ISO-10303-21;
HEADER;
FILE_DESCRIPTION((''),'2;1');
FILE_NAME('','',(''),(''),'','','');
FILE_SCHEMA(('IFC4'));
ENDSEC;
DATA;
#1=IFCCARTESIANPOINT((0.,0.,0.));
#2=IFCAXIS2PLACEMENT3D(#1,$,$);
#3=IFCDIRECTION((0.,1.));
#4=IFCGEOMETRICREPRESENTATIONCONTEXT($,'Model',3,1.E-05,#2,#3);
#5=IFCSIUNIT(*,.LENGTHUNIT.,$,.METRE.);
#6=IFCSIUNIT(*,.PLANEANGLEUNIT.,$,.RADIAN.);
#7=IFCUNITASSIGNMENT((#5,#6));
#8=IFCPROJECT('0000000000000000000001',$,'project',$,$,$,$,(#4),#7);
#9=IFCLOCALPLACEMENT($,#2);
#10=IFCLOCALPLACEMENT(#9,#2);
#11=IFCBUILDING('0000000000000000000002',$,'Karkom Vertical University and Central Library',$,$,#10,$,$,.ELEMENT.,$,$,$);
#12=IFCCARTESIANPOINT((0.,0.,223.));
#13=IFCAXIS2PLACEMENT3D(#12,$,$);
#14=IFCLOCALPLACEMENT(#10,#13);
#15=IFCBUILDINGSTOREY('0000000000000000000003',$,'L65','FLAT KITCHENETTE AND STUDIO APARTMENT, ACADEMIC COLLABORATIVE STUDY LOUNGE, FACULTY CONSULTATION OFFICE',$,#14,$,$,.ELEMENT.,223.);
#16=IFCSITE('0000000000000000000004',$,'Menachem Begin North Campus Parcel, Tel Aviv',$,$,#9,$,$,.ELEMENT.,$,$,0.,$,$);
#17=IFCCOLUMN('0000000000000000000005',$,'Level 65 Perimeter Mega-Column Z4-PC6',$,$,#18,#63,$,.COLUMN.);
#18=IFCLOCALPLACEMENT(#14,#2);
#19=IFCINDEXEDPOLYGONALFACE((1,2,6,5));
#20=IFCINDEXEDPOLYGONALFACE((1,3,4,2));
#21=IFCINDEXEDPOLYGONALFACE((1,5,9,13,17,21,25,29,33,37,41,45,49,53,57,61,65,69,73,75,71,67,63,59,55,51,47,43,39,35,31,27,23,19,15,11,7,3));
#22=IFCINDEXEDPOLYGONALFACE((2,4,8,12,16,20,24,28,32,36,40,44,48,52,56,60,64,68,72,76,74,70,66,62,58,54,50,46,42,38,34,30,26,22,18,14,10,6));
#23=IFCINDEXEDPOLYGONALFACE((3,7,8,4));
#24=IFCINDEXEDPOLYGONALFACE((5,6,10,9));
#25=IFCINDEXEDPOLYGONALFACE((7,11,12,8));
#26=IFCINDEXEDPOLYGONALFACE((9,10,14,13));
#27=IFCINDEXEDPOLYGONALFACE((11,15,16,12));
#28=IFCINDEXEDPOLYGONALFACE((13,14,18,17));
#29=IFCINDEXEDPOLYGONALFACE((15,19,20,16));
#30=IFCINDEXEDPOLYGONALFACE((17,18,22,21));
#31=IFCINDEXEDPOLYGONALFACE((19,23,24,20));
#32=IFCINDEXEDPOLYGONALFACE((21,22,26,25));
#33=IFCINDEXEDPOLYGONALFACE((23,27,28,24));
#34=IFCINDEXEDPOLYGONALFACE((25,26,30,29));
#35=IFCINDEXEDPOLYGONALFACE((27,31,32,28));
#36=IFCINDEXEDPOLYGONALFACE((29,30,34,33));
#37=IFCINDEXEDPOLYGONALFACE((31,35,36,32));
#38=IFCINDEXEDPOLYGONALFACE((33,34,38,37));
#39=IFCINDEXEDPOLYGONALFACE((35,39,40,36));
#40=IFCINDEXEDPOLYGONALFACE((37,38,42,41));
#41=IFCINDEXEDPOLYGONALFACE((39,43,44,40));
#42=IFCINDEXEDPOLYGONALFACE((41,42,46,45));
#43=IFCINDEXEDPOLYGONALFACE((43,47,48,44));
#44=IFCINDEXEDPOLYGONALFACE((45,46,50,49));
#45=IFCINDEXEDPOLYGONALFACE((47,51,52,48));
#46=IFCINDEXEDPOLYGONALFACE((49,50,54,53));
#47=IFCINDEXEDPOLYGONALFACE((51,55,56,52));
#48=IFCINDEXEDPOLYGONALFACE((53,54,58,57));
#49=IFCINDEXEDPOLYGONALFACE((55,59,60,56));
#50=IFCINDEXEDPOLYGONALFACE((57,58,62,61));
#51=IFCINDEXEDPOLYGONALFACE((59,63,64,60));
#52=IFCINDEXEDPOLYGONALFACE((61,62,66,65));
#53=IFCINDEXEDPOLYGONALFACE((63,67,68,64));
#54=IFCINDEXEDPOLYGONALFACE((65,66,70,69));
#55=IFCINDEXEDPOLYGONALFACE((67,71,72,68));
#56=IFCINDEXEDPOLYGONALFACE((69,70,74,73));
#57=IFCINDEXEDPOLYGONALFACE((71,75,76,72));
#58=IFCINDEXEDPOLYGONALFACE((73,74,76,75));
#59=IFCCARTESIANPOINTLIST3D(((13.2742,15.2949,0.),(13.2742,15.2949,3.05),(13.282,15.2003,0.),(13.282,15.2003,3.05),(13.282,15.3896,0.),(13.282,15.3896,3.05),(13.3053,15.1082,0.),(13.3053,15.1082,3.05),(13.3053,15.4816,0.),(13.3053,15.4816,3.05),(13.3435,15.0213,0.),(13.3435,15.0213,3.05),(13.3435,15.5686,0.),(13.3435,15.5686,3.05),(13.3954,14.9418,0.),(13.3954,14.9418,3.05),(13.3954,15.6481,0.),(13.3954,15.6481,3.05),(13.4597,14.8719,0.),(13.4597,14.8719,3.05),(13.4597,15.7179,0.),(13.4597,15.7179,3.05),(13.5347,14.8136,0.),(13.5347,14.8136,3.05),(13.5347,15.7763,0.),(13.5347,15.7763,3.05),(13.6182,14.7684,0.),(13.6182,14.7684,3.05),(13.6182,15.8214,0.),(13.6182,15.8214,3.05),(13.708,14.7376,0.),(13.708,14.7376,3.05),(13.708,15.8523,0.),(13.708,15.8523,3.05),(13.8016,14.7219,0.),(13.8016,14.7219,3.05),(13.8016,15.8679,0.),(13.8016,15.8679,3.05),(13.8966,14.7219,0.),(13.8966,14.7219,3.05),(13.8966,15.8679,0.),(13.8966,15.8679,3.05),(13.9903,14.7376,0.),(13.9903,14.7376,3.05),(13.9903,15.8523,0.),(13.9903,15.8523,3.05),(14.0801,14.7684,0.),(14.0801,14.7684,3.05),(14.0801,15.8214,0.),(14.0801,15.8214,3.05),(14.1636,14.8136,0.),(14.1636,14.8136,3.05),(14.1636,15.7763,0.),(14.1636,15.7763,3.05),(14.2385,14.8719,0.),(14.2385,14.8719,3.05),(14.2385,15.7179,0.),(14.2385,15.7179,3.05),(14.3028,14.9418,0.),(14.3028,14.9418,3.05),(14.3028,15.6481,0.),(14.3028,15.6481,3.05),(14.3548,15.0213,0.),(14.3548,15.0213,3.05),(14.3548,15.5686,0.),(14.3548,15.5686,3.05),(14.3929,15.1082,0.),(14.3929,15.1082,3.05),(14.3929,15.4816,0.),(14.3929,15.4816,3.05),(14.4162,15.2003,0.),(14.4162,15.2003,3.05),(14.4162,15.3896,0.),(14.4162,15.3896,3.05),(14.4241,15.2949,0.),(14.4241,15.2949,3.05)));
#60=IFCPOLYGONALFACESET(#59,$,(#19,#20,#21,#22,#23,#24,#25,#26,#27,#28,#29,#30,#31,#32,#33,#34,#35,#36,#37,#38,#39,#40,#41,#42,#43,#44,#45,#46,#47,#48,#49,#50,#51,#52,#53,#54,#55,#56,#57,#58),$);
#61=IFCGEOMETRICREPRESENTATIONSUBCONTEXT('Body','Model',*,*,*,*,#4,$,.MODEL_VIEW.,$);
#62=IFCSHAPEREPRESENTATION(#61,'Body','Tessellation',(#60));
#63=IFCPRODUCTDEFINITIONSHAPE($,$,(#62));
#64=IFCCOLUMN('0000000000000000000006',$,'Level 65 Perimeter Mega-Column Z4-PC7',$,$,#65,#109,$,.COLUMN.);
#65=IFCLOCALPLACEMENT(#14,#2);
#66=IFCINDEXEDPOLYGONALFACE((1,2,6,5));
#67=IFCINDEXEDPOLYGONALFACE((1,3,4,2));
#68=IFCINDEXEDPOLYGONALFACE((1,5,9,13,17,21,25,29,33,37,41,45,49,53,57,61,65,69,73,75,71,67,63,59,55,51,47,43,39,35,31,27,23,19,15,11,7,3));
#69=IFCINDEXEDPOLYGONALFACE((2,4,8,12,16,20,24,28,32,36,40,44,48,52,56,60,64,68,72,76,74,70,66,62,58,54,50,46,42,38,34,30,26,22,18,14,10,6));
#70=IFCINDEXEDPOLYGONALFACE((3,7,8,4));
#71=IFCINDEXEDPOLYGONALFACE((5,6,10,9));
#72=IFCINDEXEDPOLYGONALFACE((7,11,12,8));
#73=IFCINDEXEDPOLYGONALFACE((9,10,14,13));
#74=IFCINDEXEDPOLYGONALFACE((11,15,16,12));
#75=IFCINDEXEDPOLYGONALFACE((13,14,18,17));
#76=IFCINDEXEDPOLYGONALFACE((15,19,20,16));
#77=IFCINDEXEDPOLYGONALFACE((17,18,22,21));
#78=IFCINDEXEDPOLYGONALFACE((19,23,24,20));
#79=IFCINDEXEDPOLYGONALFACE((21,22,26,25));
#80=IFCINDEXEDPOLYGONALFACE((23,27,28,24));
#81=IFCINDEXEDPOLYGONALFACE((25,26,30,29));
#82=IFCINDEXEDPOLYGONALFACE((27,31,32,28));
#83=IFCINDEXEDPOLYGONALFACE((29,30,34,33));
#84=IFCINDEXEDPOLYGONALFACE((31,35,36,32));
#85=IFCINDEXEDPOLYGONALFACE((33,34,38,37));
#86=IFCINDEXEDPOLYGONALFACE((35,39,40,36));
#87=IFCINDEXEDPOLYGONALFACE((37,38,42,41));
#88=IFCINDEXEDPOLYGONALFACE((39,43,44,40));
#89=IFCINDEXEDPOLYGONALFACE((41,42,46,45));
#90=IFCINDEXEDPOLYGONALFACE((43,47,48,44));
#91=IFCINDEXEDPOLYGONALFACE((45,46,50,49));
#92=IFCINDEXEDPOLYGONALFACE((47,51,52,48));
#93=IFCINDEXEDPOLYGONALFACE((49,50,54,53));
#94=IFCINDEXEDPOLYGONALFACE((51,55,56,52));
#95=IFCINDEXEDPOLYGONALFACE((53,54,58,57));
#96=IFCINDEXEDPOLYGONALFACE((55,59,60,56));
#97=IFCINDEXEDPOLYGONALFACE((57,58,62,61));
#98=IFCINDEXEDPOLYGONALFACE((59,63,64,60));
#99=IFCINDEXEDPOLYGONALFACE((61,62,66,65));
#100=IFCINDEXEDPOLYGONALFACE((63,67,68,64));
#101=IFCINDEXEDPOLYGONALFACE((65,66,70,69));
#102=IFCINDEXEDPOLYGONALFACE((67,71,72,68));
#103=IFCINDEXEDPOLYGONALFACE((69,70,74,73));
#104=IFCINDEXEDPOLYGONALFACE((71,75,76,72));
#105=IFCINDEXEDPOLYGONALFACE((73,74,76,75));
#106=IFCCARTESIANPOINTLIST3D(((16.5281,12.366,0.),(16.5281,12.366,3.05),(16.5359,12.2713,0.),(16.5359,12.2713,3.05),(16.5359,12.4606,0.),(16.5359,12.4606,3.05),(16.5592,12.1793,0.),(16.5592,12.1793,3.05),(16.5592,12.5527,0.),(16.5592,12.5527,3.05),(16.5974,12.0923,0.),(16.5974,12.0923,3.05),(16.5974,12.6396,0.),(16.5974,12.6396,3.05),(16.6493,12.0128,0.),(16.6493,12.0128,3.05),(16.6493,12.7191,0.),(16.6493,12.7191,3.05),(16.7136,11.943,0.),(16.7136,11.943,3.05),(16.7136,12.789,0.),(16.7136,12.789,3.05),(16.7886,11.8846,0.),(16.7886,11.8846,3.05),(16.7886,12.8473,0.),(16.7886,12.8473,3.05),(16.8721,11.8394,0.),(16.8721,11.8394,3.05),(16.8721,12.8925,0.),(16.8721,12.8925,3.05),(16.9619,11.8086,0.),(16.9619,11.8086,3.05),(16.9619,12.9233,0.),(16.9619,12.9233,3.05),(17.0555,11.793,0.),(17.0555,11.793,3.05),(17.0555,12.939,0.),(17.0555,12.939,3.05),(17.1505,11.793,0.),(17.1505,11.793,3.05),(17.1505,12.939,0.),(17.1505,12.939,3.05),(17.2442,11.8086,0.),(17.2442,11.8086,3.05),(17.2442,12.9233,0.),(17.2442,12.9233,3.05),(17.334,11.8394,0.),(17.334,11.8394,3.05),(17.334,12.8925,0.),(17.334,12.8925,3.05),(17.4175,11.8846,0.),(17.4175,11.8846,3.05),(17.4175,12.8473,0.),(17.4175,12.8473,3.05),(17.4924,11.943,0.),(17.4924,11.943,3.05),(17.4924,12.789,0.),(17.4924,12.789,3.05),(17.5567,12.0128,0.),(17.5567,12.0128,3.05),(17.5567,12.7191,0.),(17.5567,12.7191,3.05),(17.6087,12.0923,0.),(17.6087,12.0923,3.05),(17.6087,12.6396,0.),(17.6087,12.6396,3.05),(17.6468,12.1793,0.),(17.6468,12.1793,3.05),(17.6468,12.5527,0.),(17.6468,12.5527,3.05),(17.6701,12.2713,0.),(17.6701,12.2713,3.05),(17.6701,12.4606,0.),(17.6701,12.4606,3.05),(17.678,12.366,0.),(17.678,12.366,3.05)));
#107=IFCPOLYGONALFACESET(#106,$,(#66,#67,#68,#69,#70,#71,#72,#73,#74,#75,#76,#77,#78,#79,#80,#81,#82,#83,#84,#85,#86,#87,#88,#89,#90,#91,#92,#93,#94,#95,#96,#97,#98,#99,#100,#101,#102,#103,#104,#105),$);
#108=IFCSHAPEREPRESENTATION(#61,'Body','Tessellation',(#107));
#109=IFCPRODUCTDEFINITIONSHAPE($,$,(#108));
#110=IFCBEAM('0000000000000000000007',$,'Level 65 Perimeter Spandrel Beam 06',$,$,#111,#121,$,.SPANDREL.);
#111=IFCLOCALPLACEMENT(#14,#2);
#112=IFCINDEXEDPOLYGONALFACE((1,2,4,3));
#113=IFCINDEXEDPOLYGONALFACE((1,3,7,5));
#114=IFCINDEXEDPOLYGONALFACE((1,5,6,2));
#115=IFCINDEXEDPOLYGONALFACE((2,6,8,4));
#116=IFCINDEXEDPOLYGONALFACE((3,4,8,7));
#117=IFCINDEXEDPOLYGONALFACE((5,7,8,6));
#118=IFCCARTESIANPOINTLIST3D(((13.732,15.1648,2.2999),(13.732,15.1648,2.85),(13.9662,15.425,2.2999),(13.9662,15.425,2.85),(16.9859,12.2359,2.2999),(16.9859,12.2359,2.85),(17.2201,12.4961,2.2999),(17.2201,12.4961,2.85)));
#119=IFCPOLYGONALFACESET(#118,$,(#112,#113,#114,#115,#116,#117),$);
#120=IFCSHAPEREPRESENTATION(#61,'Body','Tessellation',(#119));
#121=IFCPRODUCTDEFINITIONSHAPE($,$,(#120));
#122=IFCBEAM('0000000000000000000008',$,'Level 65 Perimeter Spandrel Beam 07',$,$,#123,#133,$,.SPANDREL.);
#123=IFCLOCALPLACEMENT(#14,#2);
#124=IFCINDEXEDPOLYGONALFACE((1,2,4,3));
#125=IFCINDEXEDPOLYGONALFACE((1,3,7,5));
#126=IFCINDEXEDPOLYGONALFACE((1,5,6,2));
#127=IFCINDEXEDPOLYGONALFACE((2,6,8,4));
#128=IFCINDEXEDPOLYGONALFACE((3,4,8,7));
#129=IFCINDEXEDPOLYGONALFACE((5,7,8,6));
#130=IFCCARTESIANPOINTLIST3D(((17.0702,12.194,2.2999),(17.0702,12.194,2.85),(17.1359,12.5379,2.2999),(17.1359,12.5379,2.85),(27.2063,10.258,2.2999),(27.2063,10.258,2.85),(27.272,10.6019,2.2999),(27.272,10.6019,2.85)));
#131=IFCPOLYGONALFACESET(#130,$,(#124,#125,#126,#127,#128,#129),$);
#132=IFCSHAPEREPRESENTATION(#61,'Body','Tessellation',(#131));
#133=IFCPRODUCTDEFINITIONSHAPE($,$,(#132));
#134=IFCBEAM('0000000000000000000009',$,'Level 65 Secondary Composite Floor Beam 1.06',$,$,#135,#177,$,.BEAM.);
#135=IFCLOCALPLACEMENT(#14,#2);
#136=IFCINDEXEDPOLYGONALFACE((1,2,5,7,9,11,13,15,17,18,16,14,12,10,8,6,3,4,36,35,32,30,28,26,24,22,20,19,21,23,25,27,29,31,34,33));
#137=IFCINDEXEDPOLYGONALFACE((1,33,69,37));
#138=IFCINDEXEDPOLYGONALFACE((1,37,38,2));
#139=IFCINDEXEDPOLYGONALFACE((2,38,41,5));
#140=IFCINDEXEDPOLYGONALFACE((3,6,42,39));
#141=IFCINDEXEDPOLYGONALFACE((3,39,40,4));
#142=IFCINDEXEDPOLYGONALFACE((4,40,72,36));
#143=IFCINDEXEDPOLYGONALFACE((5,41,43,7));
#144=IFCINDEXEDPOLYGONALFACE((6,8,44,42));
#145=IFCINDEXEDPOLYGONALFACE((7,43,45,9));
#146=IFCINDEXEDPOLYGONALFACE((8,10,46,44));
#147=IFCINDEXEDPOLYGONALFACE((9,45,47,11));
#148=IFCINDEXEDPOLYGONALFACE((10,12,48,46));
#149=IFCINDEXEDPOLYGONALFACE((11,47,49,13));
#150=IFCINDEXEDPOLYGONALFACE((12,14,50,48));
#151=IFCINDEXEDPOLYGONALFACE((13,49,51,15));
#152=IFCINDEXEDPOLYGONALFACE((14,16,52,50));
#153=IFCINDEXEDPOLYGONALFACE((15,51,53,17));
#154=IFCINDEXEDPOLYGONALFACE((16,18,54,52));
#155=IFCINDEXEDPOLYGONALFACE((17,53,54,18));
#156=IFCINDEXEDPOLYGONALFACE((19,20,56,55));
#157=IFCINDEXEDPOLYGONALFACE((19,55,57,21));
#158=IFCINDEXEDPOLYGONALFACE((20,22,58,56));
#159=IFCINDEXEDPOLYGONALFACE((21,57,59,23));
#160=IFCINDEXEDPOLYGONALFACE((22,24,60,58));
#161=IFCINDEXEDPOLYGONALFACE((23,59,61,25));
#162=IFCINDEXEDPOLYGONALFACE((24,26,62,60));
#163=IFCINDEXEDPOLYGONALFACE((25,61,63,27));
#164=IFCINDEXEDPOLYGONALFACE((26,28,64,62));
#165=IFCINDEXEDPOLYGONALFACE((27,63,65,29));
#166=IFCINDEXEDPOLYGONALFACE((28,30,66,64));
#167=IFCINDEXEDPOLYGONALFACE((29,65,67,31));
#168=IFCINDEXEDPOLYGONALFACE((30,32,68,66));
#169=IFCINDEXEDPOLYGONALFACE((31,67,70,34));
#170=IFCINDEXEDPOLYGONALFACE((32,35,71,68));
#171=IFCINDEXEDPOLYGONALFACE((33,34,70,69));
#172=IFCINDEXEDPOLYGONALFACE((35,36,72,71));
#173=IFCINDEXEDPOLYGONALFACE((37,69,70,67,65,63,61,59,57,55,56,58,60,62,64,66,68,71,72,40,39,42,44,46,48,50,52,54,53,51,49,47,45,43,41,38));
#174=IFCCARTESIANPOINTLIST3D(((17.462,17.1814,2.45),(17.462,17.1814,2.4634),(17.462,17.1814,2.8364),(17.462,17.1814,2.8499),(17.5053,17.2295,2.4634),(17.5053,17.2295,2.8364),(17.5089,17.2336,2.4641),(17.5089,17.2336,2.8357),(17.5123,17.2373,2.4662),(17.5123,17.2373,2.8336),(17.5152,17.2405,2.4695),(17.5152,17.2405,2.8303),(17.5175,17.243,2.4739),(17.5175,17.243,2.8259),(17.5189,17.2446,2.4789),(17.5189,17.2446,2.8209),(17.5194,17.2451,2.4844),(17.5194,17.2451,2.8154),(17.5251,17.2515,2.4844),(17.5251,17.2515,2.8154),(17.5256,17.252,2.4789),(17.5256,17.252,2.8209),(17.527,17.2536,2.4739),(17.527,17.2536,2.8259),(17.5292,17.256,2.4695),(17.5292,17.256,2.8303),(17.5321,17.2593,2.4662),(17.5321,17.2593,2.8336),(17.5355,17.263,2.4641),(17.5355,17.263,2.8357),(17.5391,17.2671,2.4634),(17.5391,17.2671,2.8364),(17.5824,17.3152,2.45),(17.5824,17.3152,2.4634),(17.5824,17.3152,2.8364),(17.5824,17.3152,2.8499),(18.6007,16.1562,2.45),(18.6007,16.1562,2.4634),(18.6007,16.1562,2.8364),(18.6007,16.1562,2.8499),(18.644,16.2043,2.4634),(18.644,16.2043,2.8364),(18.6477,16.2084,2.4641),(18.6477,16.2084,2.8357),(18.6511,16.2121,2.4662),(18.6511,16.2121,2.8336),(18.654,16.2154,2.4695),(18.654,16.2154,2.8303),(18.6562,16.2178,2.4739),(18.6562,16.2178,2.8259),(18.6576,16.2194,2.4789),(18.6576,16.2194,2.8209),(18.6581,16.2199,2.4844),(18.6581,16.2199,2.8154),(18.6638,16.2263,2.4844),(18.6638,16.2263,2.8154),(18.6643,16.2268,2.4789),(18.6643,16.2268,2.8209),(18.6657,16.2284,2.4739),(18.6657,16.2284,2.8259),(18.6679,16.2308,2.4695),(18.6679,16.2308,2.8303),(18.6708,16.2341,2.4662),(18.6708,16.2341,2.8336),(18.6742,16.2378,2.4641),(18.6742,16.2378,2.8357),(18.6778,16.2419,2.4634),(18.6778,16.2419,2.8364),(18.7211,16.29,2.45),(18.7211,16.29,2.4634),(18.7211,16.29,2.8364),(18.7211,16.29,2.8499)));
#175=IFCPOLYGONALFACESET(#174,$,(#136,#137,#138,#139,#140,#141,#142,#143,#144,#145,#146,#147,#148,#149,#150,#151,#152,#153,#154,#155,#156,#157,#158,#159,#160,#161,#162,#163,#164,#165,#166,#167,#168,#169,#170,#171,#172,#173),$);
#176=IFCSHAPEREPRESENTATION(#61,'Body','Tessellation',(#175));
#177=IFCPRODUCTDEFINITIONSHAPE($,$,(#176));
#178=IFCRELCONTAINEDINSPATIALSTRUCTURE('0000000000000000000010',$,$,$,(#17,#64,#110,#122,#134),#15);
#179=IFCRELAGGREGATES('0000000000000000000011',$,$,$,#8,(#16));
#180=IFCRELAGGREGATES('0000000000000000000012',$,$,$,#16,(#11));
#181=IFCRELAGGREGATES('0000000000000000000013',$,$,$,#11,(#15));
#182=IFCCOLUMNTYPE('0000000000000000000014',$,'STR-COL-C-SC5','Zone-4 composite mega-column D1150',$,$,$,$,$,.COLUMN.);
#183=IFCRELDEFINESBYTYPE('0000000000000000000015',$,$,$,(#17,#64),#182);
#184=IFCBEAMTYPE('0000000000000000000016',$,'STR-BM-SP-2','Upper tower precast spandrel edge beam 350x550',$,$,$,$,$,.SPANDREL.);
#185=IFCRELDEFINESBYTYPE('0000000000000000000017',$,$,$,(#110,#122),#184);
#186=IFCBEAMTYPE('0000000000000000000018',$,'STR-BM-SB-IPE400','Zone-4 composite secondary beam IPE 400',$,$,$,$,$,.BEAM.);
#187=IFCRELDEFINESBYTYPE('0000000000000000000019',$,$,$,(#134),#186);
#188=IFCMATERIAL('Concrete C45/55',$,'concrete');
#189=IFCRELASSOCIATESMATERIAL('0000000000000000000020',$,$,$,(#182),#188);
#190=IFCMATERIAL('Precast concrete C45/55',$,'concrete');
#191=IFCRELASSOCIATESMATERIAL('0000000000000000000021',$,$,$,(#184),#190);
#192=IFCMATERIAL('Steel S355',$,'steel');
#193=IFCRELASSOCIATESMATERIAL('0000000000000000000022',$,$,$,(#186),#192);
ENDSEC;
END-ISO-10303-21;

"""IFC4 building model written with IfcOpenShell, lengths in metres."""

from ifc_helpers import new_model, si_unit, direction, frame, origin, origin_with_axes, origin_2d, place, context, subcontext, project, spatial, rectangle, circle, i_section, extrude, source, transform, mapped, material, material_profile, profile_set, type_object, element, save


model = new_model("IFC4")

# Units and contexts
model_context = context("Model", 3, precision=1e-05, world=origin(), true_north=direction((0.0, 1.0)))
body_context = subcontext(model_context, "Body", "Model", "MODEL_VIEW")
ifc_project = project(units=[si_unit("LENGTHUNIT", "METRE"), si_unit("PLANEANGLEUNIT", "RADIAN")], contexts=[model_context])

# Site, building, storey
site_placement = place(None, origin())
site = spatial("IfcSite", under=ifc_project, at=site_placement, Name="Menachem Begin North Campus Parcel, Tel Aviv", CompositionType="ELEMENT", RefElevation=0.0)
building_placement = place(site_placement, origin())
building = spatial("IfcBuilding", under=site, at=building_placement, Name="Karkom Vertical University and Central Library", CompositionType="ELEMENT")
storey_placement = place(building_placement, frame((0.0, 0.0, 223.0)))
storey = spatial("IfcBuildingStorey", under=building, at=storey_placement, Name="L65", Description="FLAT KITCHENETTE AND STUDIO APARTMENT, ACADEMIC COLLABORATIVE STUDY LOUNGE, FACULTY CONSULTATION OFFICE", CompositionType="ELEMENT", Elevation=223.0)

# Columns
ifc_material_1 = material(Name="Concrete C45/55", Category="concrete")
ifc_material_profile_1 = material_profile(ifc_material_1, circle(Radius=0.575, at=origin_2d()), Name="CFT-D1150")
ifc_profile_set_1 = profile_set([ifc_material_profile_1], Name="Concrete C45/55")
column_type = type_object("IfcColumnType", Name="STR-COL-C-SC5", Description="Zone-4 composite mega-column D1150", PredefinedType="COLUMN", material=ifc_profile_set_1)
shared_shape_1 = source(origin_with_axes(), body_context, "Body", "SweptSolid", [
    extrude(circle(Radius=0.575, at=origin_2d()), origin(), (0.0, 0.0, 1.0), 3.05),
])
for number, where, z_axis, x_axis, name in (
    (1, (13.8491, 15.2949, 0.0), (0.0, 0.0, 1.0), (1.0, 0.0, 0.0), "Level 65 Perimeter Mega-Column Z4-PC6"),
    (2, (17.103, 12.366, 0.0), (0.0, 0.0, 1.0), (1.0, 0.0, 0.0), "Level 65 Perimeter Mega-Column Z4-PC7"),
):
    element("IfcColumn", number, at=place(storey_placement, frame(where, z_axis=z_axis, x_axis=x_axis)), inside=storey, type_object=column_type, Name=name, PredefinedType="COLUMN", context=body_context, shape_type="MappedRepresentation", body=[
        mapped(shared_shape_1, transform((0.0, 0.0, 0.0), scale=1.0)),
    ])

# Beams
ifc_material_2 = material(Name="Precast concrete C45/55", Category="concrete")
ifc_material_profile_2 = material_profile(ifc_material_2, rectangle(XDim=0.3501, YDim=0.55, at=origin_2d()), Name="SPB-350x550")
ifc_profile_set_2 = profile_set([ifc_material_profile_2], Name="Precast concrete C45/55")
beam_type_1 = type_object("IfcBeamType", Name="STR-BM-SP-2", Description="Upper tower precast spandrel edge beam 350x550", PredefinedType="SPANDREL", material=ifc_profile_set_2)
shared_shape_2 = source(origin_with_axes(), body_context, "Body", "SweptSolid", [
    extrude(rectangle(XDim=0.3501, YDim=0.55, at=origin_2d()), origin(), (0.0, 0.0, 1.0), 4.3779),
])
beam_1_placement = place(storey_placement, frame((13.8491, 15.2949, 2.575), z_axis=(0.743244, -0.66902, 0.0), x_axis=(0.66902, 0.743244, 0.0)))
element("IfcBeam", 3, at=beam_1_placement, inside=storey, type_object=beam_type_1, Name="Level 65 Perimeter Spandrel Beam 06", PredefinedType="SPANDREL", context=body_context, shape_type="MappedRepresentation", body=[
    mapped(shared_shape_2, transform((0.0, 0.0, 0.0), scale=1.0)),
])
shared_shape_3 = source(origin_with_axes(), body_context, "Body", "SweptSolid", [
    extrude(rectangle(XDim=0.3501, YDim=0.55, at=origin_2d()), origin(), (0.0, 0.0, 1.0), 10.3193),
])
beam_2_placement = place(storey_placement, frame((17.103, 12.366, 2.575), z_axis=(0.982243, -0.187614, 0.0), x_axis=(0.187614, 0.982243, 0.0)))
element("IfcBeam", 4, at=beam_2_placement, inside=storey, type_object=beam_type_1, Name="Level 65 Perimeter Spandrel Beam 07", PredefinedType="SPANDREL", context=body_context, shape_type="MappedRepresentation", body=[
    mapped(shared_shape_3, transform((0.0, 0.0, 0.0), scale=1.0)),
])
ifc_material_3 = material(Name="Steel S355", Category="steel")
ifc_material_profile_3 = material_profile(ifc_material_3, i_section(OverallWidth=0.1799, OverallDepth=0.3999, WebThickness=0.0085, FlangeThickness=0.0134, FilletRadius=0.021, at=origin_2d()), Name="IPE 400")
ifc_profile_set_3 = profile_set([ifc_material_profile_3], Name="Steel S355")
beam_type_2 = type_object("IfcBeamType", Name="STR-BM-SB-IPE400", Description="Zone-4 composite secondary beam IPE 400", PredefinedType="BEAM", material=ifc_profile_set_3)
shared_shape_4 = source(origin_with_axes(), body_context, "Body", "SweptSolid", [
    extrude(i_section(OverallWidth=0.1799, OverallDepth=0.3999, WebThickness=0.0085, FlangeThickness=0.0134, FilletRadius=0.021, at=origin_2d()), origin(), (0.0, 0.0, 1.0), 1.5322),
])
beam_3_placement = place(storey_placement, frame((17.5222, 17.2483, 2.6499), z_axis=(0.743183, -0.669088, 0.0), x_axis=(0.669088, 0.743183, 0.0)))
element("IfcBeam", 5, at=beam_3_placement, inside=storey, type_object=beam_type_2, Name="Level 65 Secondary Composite Floor Beam 1.06", PredefinedType="BEAM", context=body_context, shape_type="MappedRepresentation", body=[
    mapped(shared_shape_4, transform((0.0, 0.0, 0.0), scale=1.0)),
])

save(model, "model.ifc")
